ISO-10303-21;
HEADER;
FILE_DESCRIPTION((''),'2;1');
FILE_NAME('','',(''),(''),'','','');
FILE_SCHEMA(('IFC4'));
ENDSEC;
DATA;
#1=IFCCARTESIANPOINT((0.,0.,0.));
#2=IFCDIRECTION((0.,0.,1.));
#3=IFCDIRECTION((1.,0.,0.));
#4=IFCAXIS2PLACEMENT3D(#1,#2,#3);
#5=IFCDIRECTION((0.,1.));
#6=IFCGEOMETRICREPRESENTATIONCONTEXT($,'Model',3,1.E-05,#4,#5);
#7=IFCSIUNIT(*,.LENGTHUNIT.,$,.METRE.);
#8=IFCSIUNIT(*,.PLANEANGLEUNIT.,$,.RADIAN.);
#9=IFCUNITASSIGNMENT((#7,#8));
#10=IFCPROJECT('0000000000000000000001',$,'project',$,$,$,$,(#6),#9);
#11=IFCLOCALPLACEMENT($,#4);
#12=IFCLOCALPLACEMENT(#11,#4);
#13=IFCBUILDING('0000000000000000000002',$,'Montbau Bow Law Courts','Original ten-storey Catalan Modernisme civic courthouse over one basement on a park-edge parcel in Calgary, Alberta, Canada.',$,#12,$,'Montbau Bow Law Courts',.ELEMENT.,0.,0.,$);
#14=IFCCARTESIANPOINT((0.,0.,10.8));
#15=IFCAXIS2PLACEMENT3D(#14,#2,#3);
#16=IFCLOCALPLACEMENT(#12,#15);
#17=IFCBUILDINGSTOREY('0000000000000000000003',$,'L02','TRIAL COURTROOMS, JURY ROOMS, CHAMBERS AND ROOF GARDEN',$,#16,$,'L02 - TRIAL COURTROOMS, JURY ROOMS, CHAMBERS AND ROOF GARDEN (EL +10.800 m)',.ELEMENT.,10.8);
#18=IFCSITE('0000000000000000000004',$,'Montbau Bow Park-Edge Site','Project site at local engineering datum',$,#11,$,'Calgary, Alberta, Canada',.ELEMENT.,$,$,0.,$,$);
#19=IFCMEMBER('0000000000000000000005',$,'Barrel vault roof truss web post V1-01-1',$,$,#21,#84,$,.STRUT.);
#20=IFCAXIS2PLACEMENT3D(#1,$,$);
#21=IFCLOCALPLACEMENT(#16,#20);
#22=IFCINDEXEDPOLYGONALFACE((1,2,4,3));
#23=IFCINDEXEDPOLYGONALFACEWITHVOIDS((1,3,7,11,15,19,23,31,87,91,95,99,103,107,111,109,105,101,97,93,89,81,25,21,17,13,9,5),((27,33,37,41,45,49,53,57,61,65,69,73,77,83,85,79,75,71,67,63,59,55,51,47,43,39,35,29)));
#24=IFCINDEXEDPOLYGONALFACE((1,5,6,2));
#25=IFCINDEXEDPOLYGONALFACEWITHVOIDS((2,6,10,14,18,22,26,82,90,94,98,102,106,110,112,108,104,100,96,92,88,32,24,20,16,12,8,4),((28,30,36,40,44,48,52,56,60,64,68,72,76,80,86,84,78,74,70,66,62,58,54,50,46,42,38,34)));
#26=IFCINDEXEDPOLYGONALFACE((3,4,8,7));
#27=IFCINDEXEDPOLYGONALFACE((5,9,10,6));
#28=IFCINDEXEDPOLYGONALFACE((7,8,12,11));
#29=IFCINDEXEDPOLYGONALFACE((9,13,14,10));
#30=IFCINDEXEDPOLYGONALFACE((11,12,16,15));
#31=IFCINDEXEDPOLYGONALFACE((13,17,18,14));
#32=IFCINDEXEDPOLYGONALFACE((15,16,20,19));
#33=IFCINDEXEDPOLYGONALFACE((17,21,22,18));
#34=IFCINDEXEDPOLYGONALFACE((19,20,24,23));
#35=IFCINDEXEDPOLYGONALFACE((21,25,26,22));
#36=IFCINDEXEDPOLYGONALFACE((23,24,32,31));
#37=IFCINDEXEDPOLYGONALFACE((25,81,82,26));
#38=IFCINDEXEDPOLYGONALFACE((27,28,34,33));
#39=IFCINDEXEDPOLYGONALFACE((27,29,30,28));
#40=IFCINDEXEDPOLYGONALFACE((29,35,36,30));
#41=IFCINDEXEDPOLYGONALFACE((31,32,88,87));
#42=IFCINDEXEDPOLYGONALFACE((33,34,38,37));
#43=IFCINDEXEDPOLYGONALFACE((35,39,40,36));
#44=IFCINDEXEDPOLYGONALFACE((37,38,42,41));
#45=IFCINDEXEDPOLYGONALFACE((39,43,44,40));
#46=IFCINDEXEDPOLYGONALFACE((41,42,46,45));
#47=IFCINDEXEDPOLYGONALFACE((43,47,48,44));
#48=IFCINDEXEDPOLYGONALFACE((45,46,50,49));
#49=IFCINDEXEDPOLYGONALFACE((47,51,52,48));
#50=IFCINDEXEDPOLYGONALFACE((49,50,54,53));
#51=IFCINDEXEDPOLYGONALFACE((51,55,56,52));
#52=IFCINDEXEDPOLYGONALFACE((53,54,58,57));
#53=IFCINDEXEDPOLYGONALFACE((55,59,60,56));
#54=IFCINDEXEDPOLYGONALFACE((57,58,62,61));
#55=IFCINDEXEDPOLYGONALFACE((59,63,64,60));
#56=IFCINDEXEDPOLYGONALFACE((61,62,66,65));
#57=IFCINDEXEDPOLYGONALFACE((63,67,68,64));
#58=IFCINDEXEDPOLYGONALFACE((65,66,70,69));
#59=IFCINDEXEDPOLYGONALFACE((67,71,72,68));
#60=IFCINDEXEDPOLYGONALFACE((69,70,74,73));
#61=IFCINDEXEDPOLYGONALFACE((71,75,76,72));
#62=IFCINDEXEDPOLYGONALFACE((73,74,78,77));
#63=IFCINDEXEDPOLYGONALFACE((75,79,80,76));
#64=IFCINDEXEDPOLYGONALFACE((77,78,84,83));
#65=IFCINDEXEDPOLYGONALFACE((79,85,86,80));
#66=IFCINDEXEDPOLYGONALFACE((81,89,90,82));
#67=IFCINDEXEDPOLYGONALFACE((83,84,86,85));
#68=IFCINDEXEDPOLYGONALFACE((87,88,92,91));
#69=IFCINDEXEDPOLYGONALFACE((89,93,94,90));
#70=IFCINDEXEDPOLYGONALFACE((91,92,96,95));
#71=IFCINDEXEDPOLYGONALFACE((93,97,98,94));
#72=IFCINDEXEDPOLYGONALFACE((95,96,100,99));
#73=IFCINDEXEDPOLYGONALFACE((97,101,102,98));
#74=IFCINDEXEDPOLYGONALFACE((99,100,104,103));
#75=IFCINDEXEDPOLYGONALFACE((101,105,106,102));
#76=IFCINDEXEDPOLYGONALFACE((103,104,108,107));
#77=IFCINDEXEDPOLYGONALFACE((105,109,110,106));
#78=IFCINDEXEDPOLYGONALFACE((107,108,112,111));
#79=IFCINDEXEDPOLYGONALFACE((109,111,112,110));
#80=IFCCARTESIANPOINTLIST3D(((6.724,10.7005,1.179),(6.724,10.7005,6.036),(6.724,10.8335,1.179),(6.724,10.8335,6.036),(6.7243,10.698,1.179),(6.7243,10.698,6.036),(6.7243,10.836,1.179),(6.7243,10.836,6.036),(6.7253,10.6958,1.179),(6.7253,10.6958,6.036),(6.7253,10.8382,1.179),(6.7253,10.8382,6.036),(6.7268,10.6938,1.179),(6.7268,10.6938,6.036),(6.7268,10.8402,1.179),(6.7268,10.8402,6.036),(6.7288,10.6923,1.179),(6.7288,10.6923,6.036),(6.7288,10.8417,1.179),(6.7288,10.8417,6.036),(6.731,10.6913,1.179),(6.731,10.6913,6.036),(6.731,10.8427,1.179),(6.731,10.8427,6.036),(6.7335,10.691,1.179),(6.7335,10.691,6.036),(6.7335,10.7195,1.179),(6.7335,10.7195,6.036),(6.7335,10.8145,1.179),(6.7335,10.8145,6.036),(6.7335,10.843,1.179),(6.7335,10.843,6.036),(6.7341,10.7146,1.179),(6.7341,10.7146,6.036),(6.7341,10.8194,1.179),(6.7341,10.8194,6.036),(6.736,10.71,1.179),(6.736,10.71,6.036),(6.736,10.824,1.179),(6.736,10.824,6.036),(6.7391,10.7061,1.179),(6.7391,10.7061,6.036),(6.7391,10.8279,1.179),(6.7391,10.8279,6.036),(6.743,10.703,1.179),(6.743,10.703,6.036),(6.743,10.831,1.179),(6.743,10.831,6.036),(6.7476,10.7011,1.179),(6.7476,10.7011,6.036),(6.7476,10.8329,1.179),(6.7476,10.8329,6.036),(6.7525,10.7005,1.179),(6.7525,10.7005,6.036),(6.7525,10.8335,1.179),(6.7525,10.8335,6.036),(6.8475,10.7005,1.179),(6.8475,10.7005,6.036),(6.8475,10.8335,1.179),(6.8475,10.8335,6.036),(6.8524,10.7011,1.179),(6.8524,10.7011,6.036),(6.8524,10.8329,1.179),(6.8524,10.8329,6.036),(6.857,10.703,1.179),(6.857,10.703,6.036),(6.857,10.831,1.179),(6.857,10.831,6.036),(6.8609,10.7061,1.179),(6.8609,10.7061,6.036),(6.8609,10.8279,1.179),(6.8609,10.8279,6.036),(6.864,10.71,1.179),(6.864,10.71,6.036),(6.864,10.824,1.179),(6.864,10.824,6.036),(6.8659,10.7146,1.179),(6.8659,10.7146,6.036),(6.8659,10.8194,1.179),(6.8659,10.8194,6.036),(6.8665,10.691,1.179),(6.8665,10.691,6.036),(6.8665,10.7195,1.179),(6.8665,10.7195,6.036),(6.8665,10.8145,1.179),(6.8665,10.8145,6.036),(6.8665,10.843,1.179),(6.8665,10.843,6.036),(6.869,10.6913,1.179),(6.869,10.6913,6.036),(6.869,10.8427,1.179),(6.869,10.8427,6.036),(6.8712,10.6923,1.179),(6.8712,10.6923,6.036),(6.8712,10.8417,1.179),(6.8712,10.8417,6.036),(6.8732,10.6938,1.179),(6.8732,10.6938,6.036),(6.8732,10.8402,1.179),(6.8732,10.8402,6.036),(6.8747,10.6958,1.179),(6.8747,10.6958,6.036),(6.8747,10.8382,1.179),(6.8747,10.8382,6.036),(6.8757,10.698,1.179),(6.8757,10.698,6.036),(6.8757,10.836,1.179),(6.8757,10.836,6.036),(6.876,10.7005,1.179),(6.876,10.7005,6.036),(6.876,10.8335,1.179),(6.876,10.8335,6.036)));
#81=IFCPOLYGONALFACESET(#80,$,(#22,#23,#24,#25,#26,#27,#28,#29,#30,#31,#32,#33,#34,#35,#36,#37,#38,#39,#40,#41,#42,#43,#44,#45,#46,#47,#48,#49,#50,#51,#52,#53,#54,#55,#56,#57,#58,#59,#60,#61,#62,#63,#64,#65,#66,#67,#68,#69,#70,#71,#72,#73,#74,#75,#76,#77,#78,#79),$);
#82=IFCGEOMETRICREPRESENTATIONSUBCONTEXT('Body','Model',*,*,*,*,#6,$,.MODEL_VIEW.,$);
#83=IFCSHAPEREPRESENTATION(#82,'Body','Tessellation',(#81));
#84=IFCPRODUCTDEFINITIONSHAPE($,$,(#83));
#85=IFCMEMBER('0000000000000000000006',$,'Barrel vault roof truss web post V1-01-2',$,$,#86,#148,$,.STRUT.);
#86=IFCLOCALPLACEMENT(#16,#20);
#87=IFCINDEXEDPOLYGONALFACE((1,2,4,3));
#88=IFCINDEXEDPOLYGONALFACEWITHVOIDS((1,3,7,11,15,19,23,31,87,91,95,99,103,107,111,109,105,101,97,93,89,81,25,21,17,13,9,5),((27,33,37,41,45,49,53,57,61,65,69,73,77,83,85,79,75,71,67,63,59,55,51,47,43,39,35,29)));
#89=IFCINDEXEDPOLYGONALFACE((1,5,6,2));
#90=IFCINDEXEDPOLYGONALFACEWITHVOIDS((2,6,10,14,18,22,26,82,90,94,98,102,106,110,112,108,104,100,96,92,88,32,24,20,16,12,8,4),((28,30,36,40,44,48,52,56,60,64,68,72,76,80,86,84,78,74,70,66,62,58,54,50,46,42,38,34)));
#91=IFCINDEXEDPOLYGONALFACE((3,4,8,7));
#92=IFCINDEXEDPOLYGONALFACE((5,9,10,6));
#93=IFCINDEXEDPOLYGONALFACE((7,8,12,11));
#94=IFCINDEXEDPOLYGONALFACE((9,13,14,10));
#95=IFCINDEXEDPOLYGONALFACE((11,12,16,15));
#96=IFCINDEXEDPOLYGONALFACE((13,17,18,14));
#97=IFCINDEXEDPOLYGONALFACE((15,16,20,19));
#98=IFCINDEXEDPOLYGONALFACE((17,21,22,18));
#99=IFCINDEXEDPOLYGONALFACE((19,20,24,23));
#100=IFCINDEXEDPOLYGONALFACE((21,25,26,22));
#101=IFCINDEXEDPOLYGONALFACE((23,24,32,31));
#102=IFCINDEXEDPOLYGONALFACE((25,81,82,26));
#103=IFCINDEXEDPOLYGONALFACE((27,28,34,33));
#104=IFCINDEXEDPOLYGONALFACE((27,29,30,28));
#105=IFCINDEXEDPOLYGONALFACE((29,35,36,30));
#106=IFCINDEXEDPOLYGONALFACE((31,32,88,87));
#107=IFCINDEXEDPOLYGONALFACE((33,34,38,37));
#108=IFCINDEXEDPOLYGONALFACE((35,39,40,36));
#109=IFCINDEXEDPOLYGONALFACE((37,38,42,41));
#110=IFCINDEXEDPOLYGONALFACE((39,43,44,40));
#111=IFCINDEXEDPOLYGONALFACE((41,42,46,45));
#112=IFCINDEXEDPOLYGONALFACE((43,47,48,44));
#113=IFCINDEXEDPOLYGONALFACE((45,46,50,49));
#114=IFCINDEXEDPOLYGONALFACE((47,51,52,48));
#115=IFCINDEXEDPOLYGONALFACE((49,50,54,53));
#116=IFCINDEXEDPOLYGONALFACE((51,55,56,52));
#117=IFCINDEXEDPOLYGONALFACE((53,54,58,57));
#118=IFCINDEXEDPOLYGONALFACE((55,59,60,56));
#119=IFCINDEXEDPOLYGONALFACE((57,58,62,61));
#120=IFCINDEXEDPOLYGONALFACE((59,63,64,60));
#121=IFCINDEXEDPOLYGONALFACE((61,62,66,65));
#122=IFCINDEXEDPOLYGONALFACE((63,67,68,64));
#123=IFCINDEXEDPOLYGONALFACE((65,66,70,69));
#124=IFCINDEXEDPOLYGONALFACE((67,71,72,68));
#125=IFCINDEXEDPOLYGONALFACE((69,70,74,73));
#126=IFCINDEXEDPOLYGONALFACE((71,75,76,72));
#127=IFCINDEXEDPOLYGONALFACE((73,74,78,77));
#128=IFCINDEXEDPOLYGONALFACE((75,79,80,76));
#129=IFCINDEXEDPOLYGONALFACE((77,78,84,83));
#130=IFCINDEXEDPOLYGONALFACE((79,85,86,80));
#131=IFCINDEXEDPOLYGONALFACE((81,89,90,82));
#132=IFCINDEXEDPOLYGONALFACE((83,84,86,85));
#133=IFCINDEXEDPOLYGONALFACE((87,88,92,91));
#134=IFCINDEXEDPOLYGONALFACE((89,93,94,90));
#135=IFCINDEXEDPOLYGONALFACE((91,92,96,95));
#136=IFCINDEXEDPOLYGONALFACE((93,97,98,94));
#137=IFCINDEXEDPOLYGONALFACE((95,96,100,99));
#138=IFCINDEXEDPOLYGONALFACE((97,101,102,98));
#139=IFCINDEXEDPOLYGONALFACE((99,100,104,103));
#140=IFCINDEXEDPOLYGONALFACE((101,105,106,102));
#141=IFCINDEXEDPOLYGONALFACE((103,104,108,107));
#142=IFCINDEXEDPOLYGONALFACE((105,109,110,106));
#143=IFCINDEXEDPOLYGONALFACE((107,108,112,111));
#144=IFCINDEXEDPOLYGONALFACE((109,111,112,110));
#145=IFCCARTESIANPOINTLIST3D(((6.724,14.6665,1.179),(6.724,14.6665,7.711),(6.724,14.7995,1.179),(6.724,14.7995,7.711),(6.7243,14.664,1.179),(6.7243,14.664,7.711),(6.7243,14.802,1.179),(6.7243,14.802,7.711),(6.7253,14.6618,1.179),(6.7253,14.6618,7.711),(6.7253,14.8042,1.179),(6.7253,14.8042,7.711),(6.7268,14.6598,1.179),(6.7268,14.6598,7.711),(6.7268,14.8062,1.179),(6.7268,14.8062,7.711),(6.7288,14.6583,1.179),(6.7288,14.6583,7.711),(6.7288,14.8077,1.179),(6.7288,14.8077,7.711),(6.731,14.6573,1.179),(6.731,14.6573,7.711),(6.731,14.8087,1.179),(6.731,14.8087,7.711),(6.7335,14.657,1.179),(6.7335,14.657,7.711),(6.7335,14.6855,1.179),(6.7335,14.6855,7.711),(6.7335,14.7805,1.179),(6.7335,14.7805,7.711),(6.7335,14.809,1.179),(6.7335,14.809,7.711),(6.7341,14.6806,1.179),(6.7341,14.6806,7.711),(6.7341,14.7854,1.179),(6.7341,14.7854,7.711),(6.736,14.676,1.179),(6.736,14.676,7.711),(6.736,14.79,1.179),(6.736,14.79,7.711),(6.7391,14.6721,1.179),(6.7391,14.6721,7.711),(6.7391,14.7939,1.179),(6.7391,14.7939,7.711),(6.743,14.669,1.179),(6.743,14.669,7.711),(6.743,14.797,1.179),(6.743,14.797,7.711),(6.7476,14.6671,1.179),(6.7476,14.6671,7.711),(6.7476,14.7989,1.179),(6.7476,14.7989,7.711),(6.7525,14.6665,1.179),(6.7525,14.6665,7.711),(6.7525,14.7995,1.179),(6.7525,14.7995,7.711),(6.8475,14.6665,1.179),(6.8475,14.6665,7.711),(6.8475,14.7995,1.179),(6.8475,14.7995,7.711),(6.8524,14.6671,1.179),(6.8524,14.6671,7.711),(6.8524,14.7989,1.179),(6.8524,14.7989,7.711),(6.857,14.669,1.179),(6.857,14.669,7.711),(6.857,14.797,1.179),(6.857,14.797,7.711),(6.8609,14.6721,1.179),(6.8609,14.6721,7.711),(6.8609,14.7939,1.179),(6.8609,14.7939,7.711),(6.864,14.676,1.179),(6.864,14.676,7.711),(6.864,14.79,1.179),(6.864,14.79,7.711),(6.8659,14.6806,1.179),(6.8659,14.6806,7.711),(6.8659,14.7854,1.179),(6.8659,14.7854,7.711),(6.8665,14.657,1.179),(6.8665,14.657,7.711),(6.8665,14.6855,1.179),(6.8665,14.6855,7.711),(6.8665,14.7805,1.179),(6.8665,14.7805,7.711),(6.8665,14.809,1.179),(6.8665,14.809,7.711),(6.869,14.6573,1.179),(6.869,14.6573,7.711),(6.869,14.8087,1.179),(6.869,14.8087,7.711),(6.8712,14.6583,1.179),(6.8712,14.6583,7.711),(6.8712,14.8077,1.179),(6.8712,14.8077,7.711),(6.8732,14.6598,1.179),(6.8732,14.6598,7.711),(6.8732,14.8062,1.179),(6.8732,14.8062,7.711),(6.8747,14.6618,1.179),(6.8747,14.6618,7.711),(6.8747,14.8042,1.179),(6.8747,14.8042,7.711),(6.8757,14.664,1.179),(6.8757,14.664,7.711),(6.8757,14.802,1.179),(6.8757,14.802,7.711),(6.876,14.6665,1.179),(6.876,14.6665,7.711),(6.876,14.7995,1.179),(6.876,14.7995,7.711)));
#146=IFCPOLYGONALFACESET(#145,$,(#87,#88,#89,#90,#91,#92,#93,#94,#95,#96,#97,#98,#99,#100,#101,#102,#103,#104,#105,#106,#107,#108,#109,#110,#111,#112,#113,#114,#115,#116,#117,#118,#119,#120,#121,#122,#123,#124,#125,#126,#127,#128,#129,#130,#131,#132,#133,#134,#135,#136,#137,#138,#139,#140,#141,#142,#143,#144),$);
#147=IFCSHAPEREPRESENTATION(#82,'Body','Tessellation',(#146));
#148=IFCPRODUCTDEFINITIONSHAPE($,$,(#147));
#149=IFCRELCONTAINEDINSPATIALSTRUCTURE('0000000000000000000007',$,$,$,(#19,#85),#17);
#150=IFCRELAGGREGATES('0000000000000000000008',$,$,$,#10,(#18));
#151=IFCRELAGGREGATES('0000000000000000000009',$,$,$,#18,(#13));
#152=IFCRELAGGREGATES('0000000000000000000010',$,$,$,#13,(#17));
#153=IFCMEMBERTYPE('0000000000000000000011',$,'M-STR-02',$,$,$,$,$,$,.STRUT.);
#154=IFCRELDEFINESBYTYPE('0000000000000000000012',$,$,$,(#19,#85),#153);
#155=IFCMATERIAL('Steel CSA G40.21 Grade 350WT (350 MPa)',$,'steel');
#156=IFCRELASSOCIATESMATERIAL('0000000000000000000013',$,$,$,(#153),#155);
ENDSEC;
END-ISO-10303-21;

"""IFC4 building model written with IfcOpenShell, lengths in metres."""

from ifc_helpers import new_model, si_unit, direction, frame, origin_with_axes, origin_2d_with_axis, place, context, subcontext, project, spatial, hollow_rectangle, extrude, material, material_profile, profile_set, type_object, element, save


model = new_model("IFC4")

# Units and contexts
model_context = context("Model", 3, precision=1e-05, world=origin_with_axes(), true_north=direction((0.0, 1.0)))
body_context = subcontext(model_context, "Body", "Model", "MODEL_VIEW")
ifc_project = project(units=[si_unit("LENGTHUNIT", "METRE"), si_unit("PLANEANGLEUNIT", "RADIAN")], contexts=[model_context])

# Site, building, storey
site_placement = place(None, origin_with_axes())
site = spatial("IfcSite", under=ifc_project, at=site_placement, Name="Montbau Bow Park-Edge Site", Description="Project site at local engineering datum", LongName="Calgary, Alberta, Canada", CompositionType="ELEMENT", RefElevation=0.0)
building_placement = place(site_placement, origin_with_axes())
building = spatial("IfcBuilding", under=site, at=building_placement, Name="Montbau Bow Law Courts", Description="Original ten-storey Catalan Modernisme civic courthouse over one basement on a park-edge parcel in Calgary, Alberta, Canada.", LongName="Montbau Bow Law Courts", CompositionType="ELEMENT", ElevationOfRefHeight=0.0, ElevationOfTerrain=0.0)
storey_placement = place(building_placement, frame((0.0, 0.0, 10.8), z_axis=(0.0, 0.0, 1.0), x_axis=(1.0, 0.0, 0.0)))
storey = spatial("IfcBuildingStorey", under=building, at=storey_placement, Name="L02", Description="TRIAL COURTROOMS, JURY ROOMS, CHAMBERS AND ROOF GARDEN", LongName="L02 - TRIAL COURTROOMS, JURY ROOMS, CHAMBERS AND ROOF GARDEN (EL +10.800 m)", CompositionType="ELEMENT", Elevation=10.8)

# Members
ifc_material = material(Name="Steel CSA G40.21 Grade 350WT (350 MPa)", Category="steel")
ifc_material_profile_1 = material_profile(ifc_material, hollow_rectangle(XDim=0.152, YDim=0.152, WallThickness=0.0095, InnerFilletRadius=0.019, OuterFilletRadius=0.0095, at=origin_2d_with_axis()), Name="HSS152X152X9.5", Category="Main", Priority=0)
ifc_profile_set_1 = profile_set([ifc_material_profile_1], Name="Steel CSA G40.21 Grade 350WT (350 MPa)")
member_type_1 = type_object("IfcMemberType", Name="M-STR-02", PredefinedType="STRUT", material=ifc_profile_set_1)
member_1_placement = place(None, frame((6.8, 10.767, 11.979), z_axis=(0.0, 0.0, 1.0), x_axis=(1.0, 0.0, 0.0)))
element("IfcMember", 1, at=member_1_placement, inside=storey, type_object=member_type_1, Name="Barrel vault roof truss web post V1-01-1", PredefinedType="STRUT", context=body_context, shape_type="SweptSolid", body=[
    extrude(hollow_rectangle(XDim=0.152, YDim=0.152, WallThickness=0.0095, InnerFilletRadius=0.019, OuterFilletRadius=0.0095, at=origin_2d_with_axis()), origin_with_axes(), (0.0, 0.0, 1.0), 4.857),
])
member_2_placement = place(None, frame((6.8, 14.733, 11.979), z_axis=(0.0, 0.0, 1.0), x_axis=(1.0, 0.0, 0.0)))
element("IfcMember", 2, at=member_2_placement, inside=storey, type_object=member_type_1, Name="Barrel vault roof truss web post V1-01-2", PredefinedType="STRUT", context=body_context, shape_type="SweptSolid", body=[
    extrude(hollow_rectangle(XDim=0.152, YDim=0.152, WallThickness=0.0095, InnerFilletRadius=0.019, OuterFilletRadius=0.0095, at=origin_2d_with_axis()), origin_with_axes(), (0.0, 0.0, 1.0), 6.532),
])

save(model, "model.ifc")
